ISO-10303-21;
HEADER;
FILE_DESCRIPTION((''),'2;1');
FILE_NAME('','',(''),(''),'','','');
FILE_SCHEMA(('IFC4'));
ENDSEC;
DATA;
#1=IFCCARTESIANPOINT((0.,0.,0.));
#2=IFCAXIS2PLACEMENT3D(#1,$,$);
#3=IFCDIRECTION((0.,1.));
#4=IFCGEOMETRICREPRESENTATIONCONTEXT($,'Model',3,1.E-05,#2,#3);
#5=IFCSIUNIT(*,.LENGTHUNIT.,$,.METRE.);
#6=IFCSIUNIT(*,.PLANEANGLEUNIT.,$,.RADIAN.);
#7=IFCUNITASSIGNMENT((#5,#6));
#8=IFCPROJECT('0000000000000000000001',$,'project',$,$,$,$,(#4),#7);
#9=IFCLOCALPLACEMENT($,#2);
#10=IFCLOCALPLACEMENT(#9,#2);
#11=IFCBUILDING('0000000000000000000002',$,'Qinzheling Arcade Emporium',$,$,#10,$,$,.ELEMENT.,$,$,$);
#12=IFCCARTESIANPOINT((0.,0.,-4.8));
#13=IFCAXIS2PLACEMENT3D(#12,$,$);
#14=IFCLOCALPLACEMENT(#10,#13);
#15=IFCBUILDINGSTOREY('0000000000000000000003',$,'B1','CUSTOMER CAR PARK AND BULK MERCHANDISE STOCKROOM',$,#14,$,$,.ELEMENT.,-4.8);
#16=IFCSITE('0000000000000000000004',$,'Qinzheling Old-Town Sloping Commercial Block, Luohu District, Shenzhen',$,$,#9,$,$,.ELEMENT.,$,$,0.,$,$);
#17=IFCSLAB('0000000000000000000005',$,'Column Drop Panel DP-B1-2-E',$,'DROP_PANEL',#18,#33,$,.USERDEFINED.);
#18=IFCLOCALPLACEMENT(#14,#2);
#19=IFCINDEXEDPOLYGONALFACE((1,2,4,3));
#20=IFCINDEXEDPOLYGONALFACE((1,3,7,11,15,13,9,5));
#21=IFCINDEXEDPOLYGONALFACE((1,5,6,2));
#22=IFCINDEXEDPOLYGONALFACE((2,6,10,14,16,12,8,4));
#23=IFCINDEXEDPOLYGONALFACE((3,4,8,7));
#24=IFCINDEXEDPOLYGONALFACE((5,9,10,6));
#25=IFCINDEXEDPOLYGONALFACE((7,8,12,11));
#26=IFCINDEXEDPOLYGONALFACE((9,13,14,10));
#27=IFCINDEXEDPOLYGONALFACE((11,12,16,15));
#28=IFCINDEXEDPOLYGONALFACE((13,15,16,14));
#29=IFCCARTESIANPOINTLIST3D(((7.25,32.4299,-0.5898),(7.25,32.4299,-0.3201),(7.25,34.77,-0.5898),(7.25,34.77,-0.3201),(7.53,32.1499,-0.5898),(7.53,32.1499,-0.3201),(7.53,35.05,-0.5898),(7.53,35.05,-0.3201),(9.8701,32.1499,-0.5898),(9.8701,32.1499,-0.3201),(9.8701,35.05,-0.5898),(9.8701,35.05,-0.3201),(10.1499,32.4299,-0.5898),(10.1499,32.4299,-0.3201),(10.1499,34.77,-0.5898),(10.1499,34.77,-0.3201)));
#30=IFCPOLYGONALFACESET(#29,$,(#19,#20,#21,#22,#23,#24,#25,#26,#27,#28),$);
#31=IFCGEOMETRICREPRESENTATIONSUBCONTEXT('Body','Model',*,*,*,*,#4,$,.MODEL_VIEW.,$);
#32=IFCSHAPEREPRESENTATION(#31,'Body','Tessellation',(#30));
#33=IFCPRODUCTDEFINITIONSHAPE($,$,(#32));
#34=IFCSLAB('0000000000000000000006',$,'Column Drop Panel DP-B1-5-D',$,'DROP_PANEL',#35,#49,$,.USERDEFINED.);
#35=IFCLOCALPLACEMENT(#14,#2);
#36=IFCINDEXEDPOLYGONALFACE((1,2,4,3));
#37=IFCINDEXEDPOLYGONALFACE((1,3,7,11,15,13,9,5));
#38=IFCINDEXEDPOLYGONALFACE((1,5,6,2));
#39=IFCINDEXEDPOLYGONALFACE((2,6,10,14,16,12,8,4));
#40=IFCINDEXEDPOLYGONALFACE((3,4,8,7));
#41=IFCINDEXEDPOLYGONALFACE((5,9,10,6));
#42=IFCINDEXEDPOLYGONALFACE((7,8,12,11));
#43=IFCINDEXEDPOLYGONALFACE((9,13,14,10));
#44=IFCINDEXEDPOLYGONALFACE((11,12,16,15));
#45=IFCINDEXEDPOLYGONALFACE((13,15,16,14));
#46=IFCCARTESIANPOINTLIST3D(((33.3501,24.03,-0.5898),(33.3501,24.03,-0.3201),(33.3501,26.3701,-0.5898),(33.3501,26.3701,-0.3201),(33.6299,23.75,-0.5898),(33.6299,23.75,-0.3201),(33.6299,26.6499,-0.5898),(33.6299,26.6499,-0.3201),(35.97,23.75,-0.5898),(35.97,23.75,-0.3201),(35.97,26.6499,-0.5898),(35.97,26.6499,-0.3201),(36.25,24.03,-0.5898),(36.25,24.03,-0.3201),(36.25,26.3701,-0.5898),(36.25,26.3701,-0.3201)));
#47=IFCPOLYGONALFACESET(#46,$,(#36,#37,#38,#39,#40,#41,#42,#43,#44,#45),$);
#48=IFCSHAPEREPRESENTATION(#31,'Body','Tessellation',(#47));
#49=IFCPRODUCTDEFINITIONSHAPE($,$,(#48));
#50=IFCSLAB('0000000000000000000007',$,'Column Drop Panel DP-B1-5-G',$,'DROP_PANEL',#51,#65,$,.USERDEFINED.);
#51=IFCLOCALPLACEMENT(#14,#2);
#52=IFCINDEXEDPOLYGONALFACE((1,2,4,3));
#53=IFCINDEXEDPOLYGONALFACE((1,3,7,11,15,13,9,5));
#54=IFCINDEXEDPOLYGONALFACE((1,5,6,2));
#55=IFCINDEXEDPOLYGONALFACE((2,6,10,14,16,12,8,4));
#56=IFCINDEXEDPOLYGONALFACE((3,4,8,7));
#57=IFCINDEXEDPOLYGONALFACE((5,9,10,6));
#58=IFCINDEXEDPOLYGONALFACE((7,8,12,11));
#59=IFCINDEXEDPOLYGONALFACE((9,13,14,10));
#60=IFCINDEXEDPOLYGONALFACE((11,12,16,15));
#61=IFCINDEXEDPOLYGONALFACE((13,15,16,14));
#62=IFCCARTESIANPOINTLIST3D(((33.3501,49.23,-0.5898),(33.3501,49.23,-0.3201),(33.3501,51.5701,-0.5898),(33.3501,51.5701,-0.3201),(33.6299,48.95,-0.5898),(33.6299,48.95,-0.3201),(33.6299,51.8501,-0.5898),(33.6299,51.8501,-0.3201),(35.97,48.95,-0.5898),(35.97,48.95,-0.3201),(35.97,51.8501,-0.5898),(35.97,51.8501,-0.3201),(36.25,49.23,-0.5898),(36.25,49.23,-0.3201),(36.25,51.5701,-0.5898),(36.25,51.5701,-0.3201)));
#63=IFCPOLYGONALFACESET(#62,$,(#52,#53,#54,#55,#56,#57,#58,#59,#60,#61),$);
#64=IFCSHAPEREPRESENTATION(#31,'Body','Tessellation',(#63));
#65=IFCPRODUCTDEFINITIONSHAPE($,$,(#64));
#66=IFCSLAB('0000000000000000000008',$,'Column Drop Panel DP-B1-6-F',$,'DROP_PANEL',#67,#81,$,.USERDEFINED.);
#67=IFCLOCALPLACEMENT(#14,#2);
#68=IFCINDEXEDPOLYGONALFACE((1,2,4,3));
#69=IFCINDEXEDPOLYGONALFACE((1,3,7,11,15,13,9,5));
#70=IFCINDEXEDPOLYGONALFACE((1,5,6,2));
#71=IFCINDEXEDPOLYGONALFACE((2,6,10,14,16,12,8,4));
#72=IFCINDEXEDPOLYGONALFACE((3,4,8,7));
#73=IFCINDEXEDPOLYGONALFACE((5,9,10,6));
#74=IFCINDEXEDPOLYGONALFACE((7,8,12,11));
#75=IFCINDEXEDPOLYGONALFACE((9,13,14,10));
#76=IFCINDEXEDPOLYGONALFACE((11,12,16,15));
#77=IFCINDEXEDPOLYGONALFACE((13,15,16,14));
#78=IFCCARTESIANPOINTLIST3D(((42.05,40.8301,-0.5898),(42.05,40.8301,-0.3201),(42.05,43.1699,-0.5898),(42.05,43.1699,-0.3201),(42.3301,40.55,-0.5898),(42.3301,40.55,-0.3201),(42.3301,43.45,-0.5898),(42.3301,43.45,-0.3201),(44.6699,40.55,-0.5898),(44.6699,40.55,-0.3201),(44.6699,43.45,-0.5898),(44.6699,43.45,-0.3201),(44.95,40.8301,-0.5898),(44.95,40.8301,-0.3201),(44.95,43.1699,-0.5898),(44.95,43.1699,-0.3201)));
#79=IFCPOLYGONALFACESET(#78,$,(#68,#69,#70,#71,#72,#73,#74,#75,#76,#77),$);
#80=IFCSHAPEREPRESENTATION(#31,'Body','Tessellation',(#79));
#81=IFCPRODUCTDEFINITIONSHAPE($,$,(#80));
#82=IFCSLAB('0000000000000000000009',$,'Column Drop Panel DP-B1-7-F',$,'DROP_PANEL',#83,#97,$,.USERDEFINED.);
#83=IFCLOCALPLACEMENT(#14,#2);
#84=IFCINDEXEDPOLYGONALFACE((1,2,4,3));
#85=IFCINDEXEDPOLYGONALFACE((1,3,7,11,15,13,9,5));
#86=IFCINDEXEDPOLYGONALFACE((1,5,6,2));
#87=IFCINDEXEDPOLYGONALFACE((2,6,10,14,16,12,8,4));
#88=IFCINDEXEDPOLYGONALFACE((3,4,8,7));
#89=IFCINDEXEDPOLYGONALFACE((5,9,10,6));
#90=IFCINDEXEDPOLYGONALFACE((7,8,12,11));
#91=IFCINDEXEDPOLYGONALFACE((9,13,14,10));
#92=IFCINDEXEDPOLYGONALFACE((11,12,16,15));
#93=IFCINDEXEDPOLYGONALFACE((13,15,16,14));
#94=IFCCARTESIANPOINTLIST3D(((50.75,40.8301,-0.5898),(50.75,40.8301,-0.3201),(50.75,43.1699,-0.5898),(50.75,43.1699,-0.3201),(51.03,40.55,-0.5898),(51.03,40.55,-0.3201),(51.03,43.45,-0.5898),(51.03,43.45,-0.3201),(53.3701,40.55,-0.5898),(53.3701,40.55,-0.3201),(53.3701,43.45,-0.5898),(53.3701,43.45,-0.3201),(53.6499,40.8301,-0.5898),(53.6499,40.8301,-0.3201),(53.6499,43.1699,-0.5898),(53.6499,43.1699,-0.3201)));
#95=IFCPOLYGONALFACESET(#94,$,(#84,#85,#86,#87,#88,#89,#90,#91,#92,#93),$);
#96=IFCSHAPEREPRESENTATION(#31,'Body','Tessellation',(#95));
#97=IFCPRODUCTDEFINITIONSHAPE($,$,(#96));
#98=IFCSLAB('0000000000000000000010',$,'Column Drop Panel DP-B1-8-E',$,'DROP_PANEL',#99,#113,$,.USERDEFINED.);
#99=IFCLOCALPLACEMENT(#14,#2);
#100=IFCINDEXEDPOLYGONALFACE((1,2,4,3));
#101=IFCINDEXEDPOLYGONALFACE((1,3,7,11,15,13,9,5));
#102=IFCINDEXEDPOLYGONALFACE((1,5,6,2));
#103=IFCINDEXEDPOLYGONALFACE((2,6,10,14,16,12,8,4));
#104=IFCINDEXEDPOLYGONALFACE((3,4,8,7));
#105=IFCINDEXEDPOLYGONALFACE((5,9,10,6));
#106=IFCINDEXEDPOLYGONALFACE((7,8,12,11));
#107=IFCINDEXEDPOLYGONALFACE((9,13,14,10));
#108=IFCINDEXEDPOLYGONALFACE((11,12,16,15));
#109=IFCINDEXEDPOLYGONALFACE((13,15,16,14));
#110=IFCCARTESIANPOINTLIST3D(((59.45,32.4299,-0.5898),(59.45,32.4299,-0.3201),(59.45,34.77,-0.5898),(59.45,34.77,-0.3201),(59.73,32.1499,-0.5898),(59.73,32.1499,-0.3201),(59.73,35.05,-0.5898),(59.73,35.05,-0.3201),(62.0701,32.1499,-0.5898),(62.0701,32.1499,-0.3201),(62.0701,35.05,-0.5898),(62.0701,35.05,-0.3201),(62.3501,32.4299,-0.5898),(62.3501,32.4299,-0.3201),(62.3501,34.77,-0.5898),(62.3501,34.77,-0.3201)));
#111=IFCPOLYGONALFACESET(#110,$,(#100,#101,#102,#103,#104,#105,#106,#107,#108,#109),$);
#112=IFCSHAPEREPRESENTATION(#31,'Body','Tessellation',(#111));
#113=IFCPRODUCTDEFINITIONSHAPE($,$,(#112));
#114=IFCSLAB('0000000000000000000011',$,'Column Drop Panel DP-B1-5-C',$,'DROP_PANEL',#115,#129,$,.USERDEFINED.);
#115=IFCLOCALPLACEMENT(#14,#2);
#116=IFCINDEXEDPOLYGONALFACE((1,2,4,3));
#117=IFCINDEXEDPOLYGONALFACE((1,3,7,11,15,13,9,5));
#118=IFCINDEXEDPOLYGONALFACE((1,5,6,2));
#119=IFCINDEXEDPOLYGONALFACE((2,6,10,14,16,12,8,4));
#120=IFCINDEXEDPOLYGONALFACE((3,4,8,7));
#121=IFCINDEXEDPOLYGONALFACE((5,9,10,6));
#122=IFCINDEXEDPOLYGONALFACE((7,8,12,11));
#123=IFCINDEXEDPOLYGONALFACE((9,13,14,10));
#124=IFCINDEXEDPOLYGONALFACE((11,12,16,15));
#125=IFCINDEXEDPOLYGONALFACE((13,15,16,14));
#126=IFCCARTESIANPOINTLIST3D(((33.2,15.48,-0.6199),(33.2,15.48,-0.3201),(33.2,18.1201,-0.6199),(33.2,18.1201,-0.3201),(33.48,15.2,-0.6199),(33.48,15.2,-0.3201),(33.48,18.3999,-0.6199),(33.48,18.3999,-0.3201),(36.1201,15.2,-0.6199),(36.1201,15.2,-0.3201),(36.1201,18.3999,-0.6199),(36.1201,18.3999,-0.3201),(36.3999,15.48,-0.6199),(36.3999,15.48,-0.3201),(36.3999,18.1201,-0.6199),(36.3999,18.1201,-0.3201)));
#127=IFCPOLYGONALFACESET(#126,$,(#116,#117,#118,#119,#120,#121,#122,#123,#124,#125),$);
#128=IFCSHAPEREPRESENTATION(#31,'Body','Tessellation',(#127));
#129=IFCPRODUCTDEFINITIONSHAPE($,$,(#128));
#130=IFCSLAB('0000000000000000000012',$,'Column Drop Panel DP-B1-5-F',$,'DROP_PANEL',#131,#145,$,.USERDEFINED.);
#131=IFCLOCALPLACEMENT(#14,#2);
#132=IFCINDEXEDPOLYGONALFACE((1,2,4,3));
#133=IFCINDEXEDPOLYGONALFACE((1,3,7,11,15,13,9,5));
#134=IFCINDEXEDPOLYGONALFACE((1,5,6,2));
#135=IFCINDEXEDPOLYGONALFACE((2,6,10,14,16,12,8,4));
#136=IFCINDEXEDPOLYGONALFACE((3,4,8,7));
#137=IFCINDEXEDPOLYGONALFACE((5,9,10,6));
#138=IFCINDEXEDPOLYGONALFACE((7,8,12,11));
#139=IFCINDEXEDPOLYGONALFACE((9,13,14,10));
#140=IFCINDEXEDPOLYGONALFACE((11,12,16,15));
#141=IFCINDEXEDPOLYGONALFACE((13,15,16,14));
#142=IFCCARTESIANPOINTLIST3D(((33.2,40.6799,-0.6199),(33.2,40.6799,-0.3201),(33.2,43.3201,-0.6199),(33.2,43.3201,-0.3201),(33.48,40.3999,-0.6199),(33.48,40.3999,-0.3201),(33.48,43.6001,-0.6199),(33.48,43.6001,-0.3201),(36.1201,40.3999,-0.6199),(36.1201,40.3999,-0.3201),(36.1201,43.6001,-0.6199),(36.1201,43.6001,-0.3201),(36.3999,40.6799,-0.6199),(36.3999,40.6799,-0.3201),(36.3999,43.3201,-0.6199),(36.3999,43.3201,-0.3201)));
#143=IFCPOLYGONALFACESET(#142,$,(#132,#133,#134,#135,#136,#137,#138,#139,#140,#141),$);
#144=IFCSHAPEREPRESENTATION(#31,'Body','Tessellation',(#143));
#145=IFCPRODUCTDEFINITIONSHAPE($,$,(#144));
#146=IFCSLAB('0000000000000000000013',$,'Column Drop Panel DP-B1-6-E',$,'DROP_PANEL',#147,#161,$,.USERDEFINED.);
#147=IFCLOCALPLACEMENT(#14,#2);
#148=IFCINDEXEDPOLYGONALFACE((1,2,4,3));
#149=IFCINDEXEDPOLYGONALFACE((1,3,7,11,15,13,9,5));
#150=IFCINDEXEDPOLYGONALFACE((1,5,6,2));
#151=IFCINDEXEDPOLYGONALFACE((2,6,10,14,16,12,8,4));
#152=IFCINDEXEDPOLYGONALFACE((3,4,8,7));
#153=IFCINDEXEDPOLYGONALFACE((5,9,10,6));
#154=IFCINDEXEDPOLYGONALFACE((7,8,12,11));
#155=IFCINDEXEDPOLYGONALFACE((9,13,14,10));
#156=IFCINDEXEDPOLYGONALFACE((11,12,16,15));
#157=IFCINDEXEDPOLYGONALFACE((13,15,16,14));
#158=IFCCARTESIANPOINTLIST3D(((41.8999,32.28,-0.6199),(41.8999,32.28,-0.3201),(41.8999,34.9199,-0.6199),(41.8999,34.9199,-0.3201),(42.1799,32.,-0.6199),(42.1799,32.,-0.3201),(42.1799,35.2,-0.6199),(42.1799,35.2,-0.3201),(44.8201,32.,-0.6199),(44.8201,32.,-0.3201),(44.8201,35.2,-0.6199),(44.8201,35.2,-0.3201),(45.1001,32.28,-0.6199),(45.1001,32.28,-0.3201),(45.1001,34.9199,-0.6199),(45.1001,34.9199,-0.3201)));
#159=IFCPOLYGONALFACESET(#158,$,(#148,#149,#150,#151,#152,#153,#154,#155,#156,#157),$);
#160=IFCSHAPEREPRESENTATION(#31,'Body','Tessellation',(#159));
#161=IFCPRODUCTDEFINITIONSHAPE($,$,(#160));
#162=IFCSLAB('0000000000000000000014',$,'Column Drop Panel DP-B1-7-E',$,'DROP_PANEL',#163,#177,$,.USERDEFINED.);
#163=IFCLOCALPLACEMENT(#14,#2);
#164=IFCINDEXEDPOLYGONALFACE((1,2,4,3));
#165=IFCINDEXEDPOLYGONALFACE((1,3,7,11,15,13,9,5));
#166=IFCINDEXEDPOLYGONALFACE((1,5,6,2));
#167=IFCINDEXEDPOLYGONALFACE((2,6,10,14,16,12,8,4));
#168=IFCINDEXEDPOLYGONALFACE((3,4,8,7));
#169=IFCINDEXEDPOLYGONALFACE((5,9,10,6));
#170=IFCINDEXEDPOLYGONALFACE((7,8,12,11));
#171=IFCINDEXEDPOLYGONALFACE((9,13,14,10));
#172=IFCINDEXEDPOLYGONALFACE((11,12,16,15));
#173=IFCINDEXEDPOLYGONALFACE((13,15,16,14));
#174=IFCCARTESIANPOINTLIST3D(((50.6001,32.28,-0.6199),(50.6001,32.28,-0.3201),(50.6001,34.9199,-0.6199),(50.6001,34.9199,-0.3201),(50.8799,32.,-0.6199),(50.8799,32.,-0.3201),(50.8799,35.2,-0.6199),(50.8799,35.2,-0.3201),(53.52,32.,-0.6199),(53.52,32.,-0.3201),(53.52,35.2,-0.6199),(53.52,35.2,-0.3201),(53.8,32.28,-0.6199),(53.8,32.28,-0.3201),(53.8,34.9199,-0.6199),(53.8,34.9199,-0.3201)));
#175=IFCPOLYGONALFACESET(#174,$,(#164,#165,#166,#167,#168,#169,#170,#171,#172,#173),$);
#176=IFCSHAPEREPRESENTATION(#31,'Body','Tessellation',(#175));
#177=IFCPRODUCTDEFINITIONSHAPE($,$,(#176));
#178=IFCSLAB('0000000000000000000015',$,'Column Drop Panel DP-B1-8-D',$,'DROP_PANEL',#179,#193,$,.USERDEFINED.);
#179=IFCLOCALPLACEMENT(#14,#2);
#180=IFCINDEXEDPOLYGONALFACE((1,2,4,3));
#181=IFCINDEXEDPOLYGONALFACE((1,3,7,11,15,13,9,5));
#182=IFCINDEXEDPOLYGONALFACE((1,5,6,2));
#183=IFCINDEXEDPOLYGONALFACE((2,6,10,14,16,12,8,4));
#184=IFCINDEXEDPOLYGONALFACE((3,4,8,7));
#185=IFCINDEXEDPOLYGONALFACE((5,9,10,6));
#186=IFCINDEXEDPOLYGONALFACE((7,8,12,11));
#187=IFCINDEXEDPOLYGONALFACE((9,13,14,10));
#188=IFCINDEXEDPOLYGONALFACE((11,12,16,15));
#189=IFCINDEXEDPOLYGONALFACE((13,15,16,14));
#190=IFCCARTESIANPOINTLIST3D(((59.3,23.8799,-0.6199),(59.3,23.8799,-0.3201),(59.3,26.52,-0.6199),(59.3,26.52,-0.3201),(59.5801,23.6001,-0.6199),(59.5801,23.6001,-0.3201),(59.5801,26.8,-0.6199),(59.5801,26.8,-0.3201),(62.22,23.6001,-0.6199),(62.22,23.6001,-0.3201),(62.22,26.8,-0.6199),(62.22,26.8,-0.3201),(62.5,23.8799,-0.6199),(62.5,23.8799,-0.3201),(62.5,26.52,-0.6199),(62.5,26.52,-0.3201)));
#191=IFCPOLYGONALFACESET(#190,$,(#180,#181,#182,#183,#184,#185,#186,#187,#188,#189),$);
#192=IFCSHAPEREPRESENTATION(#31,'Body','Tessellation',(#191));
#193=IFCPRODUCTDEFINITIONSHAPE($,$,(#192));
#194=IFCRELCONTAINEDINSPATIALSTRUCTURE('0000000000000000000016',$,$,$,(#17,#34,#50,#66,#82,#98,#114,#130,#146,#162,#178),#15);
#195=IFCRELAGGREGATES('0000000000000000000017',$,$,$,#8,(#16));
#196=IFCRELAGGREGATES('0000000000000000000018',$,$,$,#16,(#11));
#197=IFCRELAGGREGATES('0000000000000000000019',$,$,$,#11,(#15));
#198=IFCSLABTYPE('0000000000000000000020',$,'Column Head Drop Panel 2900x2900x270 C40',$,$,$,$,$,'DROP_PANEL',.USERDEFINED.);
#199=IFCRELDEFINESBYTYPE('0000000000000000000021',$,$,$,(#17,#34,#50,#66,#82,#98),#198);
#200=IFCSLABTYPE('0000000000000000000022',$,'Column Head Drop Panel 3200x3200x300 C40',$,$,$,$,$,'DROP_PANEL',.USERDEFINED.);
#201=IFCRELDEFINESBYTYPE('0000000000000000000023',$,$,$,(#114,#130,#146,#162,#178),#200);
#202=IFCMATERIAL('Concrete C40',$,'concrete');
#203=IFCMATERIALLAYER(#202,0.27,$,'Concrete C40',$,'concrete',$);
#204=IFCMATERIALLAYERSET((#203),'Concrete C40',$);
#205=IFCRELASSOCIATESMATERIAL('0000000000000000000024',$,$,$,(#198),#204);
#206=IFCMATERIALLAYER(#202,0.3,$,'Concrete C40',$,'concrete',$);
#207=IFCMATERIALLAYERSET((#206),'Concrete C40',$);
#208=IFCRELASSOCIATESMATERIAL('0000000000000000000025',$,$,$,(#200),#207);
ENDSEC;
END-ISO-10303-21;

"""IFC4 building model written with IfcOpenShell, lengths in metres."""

from ifc_helpers import new_model, si_unit, direction, frame, origin, place, context, subcontext, project, spatial, polyline, outline, extrude, material, layer, layer_set, type_object, element, save


model = new_model("IFC4")

# Units and contexts
model_context = context("Model", 3, precision=1e-05, world=origin(), true_north=direction((0.0, 1.0)))
body_context = subcontext(model_context, "Body", "Model", "MODEL_VIEW")
ifc_project = project(units=[si_unit("LENGTHUNIT", "METRE"), si_unit("PLANEANGLEUNIT", "RADIAN")], contexts=[model_context])

# Site, building, storey
site_placement = place(None, origin())
site = spatial("IfcSite", under=ifc_project, at=site_placement, Name="Qinzheling Old-Town Sloping Commercial Block, Luohu District, Shenzhen", CompositionType="ELEMENT", RefElevation=0.0)
building_placement = place(site_placement, origin())
building = spatial("IfcBuilding", under=site, at=building_placement, Name="Qinzheling Arcade Emporium", CompositionType="ELEMENT")
storey_placement = place(building_placement, frame((0.0, 0.0, -4.8)))
storey = spatial("IfcBuildingStorey", under=building, at=storey_placement, Name="B1", Description="CUSTOMER CAR PARK AND BULK MERCHANDISE STOCKROOM", CompositionType="ELEMENT", Elevation=-4.8)

# Shared definitions
ifc_material_1 = material(Name="Concrete C40", Category="concrete")

# Slabs
ifc_layer_1 = layer(ifc_material_1, 0.27, Name="Concrete C40", Category="concrete")
ifc_layer_set_1 = layer_set([ifc_layer_1], Name="Concrete C40")
slab_type_1 = type_object("IfcSlabType", Name="Column Head Drop Panel 2900x2900x270 C40", ElementType="DROP_PANEL", PredefinedType="USERDEFINED", material=ifc_layer_set_1)
slab_1_placement = place(storey_placement, frame((0.0, 0.0, -0.5898)))
element("IfcSlab", 1, at=slab_1_placement, inside=storey, type_object=slab_type_1, Name="Column Drop Panel DP-B1-2-E", ObjectType="DROP_PANEL", PredefinedType="USERDEFINED", context=body_context, shape_type="SweptSolid", body=[
    extrude(outline(polyline([(7.53, 32.1499), (9.8701, 32.1499), (10.1499, 32.4299), (10.1499, 34.77), (9.8701, 35.05), (7.53, 35.05), (7.25, 34.77), (7.25, 32.4299), (7.53, 32.1499)])), origin(), (0.0, 0.0, 1.0), 0.2698),
])
slab_2_placement = place(storey_placement, frame((0.0, 0.0, -0.5898)))
element("IfcSlab", 2, at=slab_2_placement, inside=storey, type_object=slab_type_1, Name="Column Drop Panel DP-B1-5-D", ObjectType="DROP_PANEL", PredefinedType="USERDEFINED", context=body_context, shape_type="SweptSolid", body=[
    extrude(outline(polyline([(33.6299, 23.75), (35.97, 23.75), (36.25, 24.03), (36.25, 26.3701), (35.97, 26.6499), (33.6299, 26.6499), (33.3501, 26.3701), (33.3501, 24.03), (33.6299, 23.75)])), origin(), (0.0, 0.0, 1.0), 0.2698),
])
slab_3_placement = place(storey_placement, frame((0.0, 0.0, -0.5898)))
element("IfcSlab", 3, at=slab_3_placement, inside=storey, type_object=slab_type_1, Name="Column Drop Panel DP-B1-5-G", ObjectType="DROP_PANEL", PredefinedType="USERDEFINED", context=body_context, shape_type="SweptSolid", body=[
    extrude(outline(polyline([(33.6299, 48.95), (35.97, 48.95), (36.25, 49.23), (36.25, 51.5701), (35.97, 51.8501), (33.6299, 51.8501), (33.3501, 51.5701), (33.3501, 49.23), (33.6299, 48.95)])), origin(), (0.0, 0.0, 1.0), 0.2698),
])
slab_4_placement = place(storey_placement, frame((0.0, 0.0, -0.5898)))
element("IfcSlab", 4, at=slab_4_placement, inside=storey, type_object=slab_type_1, Name="Column Drop Panel DP-B1-6-F", ObjectType="DROP_PANEL", PredefinedType="USERDEFINED", context=body_context, shape_type="SweptSolid", body=[
    extrude(outline(polyline([(42.3301, 40.55), (44.6699, 40.55), (44.95, 40.8301), (44.95, 43.1699), (44.6699, 43.45), (42.3301, 43.45), (42.05, 43.1699), (42.05, 40.8301), (42.3301, 40.55)])), origin(), (0.0, 0.0, 1.0), 0.2698),
])
slab_5_placement = place(storey_placement, frame((0.0, 0.0, -0.5898)))
element("IfcSlab", 5, at=slab_5_placement, inside=storey, type_object=slab_type_1, Name="Column Drop Panel DP-B1-7-F", ObjectType="DROP_PANEL", PredefinedType="USERDEFINED", context=body_context, shape_type="SweptSolid", body=[
    extrude(outline(polyline([(51.03, 40.55), (53.3701, 40.55), (53.6499, 40.8301), (53.6499, 43.1699), (53.3701, 43.45), (51.03, 43.45), (50.75, 43.1699), (50.75, 40.8301), (51.03, 40.55)])), origin(), (0.0, 0.0, 1.0), 0.2698),
])
slab_6_placement = place(storey_placement, frame((0.0, 0.0, -0.5898)))
element("IfcSlab", 6, at=slab_6_placement, inside=storey, type_object=slab_type_1, Name="Column Drop Panel DP-B1-8-E", ObjectType="DROP_PANEL", PredefinedType="USERDEFINED", context=body_context, shape_type="SweptSolid", body=[
    extrude(outline(polyline([(59.73, 32.1499), (62.0701, 32.1499), (62.3501, 32.4299), (62.3501, 34.77), (62.0701, 35.05), (59.73, 35.05), (59.45, 34.77), (59.45, 32.4299), (59.73, 32.1499)])), origin(), (0.0, 0.0, 1.0), 0.2698),
])
ifc_layer_2 = layer(ifc_material_1, 0.3, Name="Concrete C40", Category="concrete")
ifc_layer_set_2 = layer_set([ifc_layer_2], Name="Concrete C40")
slab_type_2 = type_object("IfcSlabType", Name="Column Head Drop Panel 3200x3200x300 C40", ElementType="DROP_PANEL", PredefinedType="USERDEFINED", material=ifc_layer_set_2)
slab_7_placement = place(storey_placement, frame((0.0, 0.0, -0.6199)))
element("IfcSlab", 7, at=slab_7_placement, inside=storey, type_object=slab_type_2, Name="Column Drop Panel DP-B1-5-C", ObjectType="DROP_PANEL", PredefinedType="USERDEFINED", context=body_context, shape_type="SweptSolid", body=[
    extrude(outline(polyline([(33.48, 15.2), (36.1201, 15.2), (36.3999, 15.48), (36.3999, 18.1201), (36.1201, 18.3999), (33.48, 18.3999), (33.2, 18.1201), (33.2, 15.48), (33.48, 15.2)])), origin(), (0.0, 0.0, 1.0), 0.2998),
])
slab_8_placement = place(storey_placement, frame((0.0, 0.0, -0.6199)))
element("IfcSlab", 8, at=slab_8_placement, inside=storey, type_object=slab_type_2, Name="Column Drop Panel DP-B1-5-F", ObjectType="DROP_PANEL", PredefinedType="USERDEFINED", context=body_context, shape_type="SweptSolid", body=[
    extrude(outline(polyline([(33.48, 40.3999), (36.1201, 40.3999), (36.3999, 40.6799), (36.3999, 43.3201), (36.1201, 43.6001), (33.48, 43.6001), (33.2, 43.3201), (33.2, 40.6799), (33.48, 40.3999)])), origin(), (0.0, 0.0, 1.0), 0.2998),
])
slab_9_placement = place(storey_placement, frame((0.0, 0.0, -0.6199)))
element("IfcSlab", 9, at=slab_9_placement, inside=storey, type_object=slab_type_2, Name="Column Drop Panel DP-B1-6-E", ObjectType="DROP_PANEL", PredefinedType="USERDEFINED", context=body_context, shape_type="SweptSolid", body=[
    extrude(outline(polyline([(42.1799, 32.0), (44.8201, 32.0), (45.1001, 32.28), (45.1001, 34.9199), (44.8201, 35.2), (42.1799, 35.2), (41.8999, 34.9199), (41.8999, 32.28), (42.1799, 32.0)])), origin(), (0.0, 0.0, 1.0), 0.2998),
])
slab_10_placement = place(storey_placement, frame((0.0, 0.0, -0.6199)))
element("IfcSlab", 10, at=slab_10_placement, inside=storey, type_object=slab_type_2, Name="Column Drop Panel DP-B1-7-E", ObjectType="DROP_PANEL", PredefinedType="USERDEFINED", context=body_context, shape_type="SweptSolid", body=[
    extrude(outline(polyline([(50.8799, 32.0), (53.52, 32.0), (53.8, 32.28), (53.8, 34.9199), (53.52, 35.2), (50.8799, 35.2), (50.6001, 34.9199), (50.6001, 32.28), (50.8799, 32.0)])), origin(), (0.0, 0.0, 1.0), 0.2998),
])
slab_11_placement = place(storey_placement, frame((0.0, 0.0, -0.6199)))
element("IfcSlab", 11, at=slab_11_placement, inside=storey, type_object=slab_type_2, Name="Column Drop Panel DP-B1-8-D", ObjectType="DROP_PANEL", PredefinedType="USERDEFINED", context=body_context, shape_type="SweptSolid", body=[
    extrude(outline(polyline([(59.5801, 23.6001), (62.22, 23.6001), (62.5, 23.8799), (62.5, 26.52), (62.22, 26.8), (59.5801, 26.8), (59.3, 26.52), (59.3, 23.8799), (59.5801, 23.6001)])), origin(), (0.0, 0.0, 1.0), 0.2998),
])

save(model, "model.ifc")
